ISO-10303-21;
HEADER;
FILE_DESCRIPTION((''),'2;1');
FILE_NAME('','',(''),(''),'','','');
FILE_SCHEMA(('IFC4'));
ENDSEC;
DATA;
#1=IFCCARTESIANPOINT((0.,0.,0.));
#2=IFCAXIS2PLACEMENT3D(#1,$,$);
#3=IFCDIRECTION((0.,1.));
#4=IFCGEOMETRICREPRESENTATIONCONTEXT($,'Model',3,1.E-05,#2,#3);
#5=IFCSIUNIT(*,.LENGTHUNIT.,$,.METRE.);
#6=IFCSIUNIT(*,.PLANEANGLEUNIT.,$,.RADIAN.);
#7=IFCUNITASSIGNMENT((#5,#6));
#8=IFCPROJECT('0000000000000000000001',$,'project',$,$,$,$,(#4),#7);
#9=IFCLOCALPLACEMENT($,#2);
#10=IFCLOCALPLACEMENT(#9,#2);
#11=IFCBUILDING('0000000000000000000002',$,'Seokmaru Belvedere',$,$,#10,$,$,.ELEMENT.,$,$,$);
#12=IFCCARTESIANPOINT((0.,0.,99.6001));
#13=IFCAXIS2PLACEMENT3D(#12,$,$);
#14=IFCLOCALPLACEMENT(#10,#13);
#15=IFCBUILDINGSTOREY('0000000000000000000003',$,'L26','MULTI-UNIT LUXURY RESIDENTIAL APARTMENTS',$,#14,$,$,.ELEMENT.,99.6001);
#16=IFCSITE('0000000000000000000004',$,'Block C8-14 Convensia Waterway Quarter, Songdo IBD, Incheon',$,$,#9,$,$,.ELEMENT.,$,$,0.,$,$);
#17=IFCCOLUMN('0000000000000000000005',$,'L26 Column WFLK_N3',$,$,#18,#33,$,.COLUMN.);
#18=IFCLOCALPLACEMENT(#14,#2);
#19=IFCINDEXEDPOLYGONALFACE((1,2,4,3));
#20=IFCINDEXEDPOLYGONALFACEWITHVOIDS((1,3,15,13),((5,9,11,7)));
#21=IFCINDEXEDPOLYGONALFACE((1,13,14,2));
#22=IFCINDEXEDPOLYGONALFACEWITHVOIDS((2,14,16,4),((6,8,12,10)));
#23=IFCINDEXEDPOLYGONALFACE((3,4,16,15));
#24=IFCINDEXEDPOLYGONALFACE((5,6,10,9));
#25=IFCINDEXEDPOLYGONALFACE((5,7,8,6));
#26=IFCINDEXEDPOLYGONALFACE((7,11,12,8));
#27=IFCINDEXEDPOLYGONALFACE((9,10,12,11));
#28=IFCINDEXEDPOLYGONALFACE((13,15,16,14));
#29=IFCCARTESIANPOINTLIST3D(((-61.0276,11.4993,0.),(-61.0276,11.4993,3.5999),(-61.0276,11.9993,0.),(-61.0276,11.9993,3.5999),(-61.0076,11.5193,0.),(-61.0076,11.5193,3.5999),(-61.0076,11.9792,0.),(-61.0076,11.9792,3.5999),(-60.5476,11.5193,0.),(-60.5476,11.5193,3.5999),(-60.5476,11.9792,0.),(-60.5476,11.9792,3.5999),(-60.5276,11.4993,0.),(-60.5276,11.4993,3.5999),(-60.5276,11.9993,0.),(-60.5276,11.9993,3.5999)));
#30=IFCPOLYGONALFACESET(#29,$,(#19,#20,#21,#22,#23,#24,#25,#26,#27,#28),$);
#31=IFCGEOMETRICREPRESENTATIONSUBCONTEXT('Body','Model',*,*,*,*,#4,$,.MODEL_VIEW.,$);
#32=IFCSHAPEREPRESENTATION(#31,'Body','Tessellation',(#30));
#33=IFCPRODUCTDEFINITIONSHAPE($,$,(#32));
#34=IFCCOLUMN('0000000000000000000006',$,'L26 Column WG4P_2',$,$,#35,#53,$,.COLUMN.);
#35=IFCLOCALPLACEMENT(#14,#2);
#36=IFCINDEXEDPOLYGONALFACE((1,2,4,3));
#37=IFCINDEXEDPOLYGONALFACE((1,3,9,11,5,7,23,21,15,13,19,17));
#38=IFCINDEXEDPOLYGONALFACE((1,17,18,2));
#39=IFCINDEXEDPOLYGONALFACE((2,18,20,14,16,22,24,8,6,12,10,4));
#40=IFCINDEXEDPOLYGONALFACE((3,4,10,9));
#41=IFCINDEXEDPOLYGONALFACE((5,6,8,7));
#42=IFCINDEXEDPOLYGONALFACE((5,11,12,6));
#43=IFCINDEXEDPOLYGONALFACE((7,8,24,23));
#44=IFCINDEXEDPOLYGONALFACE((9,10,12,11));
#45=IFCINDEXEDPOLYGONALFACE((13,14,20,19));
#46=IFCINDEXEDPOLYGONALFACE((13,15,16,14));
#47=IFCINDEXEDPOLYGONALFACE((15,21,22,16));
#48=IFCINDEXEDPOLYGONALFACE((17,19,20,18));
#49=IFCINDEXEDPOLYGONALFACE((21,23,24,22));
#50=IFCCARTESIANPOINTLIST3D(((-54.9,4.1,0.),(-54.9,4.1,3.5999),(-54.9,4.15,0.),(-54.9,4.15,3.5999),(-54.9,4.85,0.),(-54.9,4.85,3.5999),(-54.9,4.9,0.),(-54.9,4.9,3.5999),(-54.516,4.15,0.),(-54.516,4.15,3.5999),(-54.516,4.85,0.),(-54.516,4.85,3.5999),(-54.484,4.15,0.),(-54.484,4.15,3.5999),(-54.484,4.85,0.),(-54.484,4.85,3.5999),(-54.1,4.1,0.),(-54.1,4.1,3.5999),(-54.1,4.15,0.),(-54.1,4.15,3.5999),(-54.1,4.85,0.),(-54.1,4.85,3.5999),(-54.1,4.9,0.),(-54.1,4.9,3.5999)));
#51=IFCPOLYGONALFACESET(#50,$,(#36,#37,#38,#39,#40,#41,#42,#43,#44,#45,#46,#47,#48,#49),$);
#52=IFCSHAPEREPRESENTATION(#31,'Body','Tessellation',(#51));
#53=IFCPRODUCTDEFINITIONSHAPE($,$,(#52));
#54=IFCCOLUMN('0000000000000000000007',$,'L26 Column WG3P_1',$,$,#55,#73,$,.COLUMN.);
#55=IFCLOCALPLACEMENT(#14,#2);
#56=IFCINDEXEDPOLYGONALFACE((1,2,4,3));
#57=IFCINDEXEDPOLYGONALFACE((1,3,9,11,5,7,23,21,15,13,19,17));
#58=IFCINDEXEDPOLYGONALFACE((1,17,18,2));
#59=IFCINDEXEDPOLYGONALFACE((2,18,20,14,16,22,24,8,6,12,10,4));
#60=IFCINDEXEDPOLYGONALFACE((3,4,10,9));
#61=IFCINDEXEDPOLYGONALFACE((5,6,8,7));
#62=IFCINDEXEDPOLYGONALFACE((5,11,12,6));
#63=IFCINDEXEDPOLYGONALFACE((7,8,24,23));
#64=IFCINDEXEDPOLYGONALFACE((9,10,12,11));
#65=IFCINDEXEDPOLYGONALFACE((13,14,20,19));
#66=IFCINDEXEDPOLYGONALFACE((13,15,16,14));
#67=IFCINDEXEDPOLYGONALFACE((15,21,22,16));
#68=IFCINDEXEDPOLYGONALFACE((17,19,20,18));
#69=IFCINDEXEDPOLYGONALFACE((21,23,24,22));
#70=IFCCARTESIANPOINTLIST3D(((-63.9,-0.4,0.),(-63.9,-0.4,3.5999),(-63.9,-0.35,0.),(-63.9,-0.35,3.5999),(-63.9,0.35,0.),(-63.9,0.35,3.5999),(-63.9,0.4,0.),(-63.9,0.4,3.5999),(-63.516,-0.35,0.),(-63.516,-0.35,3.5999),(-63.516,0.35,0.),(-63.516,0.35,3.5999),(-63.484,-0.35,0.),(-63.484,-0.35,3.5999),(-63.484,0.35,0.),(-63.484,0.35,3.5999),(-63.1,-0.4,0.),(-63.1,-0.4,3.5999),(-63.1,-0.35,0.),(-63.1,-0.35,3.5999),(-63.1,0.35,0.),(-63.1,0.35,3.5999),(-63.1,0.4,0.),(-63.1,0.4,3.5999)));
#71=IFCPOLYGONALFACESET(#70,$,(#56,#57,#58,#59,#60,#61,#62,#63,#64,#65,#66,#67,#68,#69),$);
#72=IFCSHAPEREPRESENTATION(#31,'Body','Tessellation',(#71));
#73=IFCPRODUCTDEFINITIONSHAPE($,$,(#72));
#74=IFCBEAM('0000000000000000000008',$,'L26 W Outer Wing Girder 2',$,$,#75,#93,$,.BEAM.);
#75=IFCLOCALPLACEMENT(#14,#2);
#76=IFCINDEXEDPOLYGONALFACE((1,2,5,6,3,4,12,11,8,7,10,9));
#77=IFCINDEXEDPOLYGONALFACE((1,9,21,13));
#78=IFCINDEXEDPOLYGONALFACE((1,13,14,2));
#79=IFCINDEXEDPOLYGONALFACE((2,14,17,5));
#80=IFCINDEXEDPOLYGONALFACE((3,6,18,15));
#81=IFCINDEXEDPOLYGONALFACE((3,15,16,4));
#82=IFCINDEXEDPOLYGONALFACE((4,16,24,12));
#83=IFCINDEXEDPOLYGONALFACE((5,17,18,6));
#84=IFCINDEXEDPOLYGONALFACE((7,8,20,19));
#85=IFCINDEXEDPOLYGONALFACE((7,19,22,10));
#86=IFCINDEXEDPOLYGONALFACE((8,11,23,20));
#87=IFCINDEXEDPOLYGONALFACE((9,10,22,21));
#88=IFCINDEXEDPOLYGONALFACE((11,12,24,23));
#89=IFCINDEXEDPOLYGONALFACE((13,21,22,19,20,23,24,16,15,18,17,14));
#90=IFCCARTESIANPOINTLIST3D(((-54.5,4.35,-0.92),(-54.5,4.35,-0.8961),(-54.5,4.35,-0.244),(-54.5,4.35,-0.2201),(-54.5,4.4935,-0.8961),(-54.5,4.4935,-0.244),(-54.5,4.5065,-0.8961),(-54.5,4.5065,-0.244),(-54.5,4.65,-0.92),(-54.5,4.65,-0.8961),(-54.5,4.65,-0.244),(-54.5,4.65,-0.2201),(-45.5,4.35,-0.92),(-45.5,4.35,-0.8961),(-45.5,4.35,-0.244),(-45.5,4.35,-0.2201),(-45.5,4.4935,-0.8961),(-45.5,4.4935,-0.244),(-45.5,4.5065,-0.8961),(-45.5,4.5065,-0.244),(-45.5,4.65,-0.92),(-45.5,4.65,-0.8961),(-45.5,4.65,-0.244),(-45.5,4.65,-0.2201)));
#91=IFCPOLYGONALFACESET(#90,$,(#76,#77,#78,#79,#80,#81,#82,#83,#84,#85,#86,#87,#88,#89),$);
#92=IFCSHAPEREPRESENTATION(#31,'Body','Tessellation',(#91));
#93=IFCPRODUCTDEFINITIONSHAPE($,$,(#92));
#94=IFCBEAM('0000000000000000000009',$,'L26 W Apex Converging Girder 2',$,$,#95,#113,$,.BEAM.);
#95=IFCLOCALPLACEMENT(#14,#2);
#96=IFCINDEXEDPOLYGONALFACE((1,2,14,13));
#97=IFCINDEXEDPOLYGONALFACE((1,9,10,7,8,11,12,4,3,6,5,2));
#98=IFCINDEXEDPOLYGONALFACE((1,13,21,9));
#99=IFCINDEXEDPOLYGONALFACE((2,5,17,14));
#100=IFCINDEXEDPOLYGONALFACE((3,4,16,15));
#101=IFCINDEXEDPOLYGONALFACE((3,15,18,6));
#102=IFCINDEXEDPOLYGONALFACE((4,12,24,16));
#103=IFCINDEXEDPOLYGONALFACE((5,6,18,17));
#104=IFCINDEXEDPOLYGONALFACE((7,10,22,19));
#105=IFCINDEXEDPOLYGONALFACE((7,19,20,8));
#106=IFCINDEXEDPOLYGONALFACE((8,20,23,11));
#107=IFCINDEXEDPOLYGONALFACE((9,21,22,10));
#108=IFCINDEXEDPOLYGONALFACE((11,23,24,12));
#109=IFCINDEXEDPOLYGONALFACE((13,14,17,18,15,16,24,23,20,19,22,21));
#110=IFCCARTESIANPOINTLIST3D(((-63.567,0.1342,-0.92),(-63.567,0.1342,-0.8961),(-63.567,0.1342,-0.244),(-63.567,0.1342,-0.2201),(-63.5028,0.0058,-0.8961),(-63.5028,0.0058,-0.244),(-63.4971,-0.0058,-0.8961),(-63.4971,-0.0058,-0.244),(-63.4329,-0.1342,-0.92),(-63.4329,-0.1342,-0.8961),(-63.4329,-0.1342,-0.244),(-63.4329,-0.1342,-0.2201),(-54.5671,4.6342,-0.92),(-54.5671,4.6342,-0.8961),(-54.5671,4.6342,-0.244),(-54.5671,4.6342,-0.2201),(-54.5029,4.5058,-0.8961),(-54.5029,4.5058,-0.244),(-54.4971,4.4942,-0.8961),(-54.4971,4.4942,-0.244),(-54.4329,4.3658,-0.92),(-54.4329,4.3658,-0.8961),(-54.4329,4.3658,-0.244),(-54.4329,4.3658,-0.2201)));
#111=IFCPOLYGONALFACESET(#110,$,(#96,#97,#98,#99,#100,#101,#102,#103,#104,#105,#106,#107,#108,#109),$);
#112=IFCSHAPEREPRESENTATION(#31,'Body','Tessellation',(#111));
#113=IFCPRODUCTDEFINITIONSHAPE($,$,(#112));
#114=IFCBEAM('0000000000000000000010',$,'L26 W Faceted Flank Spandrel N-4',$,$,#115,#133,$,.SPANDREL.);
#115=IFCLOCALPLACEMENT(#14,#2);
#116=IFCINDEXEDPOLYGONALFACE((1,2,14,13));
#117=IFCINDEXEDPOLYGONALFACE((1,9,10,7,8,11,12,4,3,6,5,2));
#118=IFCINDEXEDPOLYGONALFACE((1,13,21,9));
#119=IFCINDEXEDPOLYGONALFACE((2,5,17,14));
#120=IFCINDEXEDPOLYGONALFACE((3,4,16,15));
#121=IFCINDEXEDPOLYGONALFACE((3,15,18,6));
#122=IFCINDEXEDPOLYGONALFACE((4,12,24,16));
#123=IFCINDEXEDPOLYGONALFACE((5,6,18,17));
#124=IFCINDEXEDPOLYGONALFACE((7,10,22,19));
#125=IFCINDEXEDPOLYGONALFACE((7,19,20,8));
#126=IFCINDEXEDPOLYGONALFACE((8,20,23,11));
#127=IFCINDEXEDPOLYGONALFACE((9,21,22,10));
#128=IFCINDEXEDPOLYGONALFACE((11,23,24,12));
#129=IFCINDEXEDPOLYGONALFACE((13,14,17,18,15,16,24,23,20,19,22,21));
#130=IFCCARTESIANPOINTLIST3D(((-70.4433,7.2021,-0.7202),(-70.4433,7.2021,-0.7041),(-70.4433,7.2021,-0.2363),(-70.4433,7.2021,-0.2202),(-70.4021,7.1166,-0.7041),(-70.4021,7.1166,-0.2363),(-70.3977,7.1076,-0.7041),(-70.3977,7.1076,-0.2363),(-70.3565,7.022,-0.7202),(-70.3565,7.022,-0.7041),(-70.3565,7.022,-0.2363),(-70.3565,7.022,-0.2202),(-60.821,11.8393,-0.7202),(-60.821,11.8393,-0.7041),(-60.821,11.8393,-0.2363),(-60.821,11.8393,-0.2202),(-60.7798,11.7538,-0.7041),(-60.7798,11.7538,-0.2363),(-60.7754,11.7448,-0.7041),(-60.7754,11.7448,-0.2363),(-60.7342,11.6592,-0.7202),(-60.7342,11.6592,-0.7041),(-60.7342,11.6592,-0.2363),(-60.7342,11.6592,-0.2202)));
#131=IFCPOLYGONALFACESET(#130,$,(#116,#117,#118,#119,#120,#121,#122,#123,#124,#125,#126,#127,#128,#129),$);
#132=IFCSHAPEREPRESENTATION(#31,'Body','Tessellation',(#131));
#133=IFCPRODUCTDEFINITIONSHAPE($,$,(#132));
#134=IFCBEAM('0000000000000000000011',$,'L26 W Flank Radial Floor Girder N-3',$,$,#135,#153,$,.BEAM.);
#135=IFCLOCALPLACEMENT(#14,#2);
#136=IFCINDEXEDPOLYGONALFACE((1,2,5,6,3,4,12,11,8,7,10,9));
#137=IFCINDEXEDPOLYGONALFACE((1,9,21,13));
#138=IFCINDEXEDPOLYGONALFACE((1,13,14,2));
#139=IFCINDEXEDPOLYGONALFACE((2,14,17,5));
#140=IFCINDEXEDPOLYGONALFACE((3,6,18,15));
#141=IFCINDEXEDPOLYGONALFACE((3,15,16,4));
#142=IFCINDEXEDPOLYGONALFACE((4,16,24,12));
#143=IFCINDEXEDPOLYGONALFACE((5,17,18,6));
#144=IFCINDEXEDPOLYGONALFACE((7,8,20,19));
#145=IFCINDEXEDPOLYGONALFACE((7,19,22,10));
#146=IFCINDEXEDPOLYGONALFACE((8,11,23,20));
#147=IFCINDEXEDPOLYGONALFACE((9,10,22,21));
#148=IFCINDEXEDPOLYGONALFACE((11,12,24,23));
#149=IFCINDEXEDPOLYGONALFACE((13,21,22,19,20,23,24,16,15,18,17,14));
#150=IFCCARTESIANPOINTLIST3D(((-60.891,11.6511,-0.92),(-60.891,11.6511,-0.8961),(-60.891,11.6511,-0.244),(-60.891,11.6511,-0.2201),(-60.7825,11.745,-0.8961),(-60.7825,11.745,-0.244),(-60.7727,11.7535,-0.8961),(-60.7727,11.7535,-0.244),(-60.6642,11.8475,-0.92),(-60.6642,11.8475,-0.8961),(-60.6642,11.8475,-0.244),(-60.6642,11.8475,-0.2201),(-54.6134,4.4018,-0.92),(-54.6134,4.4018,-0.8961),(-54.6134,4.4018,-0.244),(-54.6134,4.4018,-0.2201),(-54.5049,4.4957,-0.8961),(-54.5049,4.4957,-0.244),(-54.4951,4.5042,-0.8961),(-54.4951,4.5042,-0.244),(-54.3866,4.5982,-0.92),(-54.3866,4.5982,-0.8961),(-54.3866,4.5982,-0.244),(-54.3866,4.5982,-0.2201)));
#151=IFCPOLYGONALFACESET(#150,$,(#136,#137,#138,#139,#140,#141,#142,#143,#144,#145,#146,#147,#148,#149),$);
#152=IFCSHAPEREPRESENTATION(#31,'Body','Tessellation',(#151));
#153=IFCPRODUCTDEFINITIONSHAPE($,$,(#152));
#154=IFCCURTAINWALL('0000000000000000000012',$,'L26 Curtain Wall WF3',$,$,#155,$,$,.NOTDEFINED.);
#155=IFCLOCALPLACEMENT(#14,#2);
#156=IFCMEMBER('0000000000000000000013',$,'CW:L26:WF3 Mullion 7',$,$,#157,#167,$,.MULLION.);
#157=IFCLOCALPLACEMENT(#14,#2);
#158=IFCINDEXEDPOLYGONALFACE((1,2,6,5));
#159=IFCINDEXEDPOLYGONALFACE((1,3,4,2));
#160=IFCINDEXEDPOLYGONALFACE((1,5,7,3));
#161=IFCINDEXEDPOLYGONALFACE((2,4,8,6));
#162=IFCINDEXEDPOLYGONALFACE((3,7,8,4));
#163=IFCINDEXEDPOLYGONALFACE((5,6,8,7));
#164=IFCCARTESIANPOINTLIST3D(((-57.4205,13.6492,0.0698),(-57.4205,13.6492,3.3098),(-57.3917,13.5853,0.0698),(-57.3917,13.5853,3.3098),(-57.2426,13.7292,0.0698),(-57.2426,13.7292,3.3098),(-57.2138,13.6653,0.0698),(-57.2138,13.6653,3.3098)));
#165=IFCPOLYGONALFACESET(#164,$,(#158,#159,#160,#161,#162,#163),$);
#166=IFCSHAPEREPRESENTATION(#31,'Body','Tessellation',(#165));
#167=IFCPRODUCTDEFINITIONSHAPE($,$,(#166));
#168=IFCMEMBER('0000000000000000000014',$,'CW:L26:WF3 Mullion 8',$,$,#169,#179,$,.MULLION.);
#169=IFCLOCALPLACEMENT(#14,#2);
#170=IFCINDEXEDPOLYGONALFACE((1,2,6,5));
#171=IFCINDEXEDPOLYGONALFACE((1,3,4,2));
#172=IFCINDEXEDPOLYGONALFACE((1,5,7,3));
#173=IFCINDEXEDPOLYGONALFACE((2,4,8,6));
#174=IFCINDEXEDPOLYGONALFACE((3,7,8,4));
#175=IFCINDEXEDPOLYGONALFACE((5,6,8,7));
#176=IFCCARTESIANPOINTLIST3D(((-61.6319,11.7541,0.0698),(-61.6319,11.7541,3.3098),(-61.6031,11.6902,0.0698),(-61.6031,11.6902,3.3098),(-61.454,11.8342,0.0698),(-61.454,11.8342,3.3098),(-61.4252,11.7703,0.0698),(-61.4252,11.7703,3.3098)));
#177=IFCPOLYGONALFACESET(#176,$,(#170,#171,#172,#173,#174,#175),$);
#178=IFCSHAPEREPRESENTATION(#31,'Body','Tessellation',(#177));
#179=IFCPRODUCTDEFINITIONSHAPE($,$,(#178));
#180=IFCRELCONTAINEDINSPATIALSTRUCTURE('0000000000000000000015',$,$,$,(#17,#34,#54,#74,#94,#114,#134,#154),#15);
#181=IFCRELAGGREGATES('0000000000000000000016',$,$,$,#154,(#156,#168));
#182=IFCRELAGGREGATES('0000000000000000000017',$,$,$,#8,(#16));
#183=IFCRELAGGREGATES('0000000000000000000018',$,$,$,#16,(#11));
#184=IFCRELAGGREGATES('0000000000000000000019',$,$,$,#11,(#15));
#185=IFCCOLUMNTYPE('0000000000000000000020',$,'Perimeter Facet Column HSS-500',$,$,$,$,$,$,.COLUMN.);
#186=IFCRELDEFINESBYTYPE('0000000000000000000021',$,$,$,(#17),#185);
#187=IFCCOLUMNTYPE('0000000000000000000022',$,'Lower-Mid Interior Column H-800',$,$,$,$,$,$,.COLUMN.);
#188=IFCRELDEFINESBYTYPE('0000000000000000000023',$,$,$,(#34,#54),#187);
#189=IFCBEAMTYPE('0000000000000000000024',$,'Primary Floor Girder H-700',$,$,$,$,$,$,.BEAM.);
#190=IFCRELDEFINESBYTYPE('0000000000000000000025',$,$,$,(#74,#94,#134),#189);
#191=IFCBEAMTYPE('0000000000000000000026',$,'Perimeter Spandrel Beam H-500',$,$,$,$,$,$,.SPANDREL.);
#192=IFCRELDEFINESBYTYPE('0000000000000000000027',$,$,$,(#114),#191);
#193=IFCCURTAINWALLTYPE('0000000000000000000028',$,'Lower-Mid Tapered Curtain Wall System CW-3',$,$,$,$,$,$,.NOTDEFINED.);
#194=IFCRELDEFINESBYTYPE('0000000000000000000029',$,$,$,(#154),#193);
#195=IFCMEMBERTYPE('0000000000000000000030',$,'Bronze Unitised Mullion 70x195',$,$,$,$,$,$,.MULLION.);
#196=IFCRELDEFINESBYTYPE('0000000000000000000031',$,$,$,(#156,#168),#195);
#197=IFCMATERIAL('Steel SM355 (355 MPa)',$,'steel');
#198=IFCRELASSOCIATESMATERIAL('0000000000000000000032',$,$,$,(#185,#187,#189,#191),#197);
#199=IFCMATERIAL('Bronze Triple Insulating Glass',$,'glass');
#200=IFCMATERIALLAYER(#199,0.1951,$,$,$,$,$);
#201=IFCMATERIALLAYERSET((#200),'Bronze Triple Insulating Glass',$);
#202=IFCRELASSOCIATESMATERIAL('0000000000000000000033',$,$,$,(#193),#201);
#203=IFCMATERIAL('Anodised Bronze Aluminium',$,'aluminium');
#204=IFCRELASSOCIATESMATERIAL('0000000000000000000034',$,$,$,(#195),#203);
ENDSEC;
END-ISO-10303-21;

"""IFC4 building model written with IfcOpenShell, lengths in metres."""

from ifc_helpers import new_model, si_unit, direction, frame, origin, origin_2d, place, context, subcontext, project, spatial, rectangle, hollow_rectangle, i_section, extrude, source, transform, mapped, material, layer, layer_set, material_profile, profile_set, type_object, type_shapes, element, aggregate, save


model = new_model("IFC4")

# Units and contexts
model_context = context("Model", 3, precision=1e-05, world=origin(), true_north=direction((0.0, 1.0)))
body_context = subcontext(model_context, "Body", "Model", "MODEL_VIEW")
ifc_project = project(units=[si_unit("LENGTHUNIT", "METRE"), si_unit("PLANEANGLEUNIT", "RADIAN")], contexts=[model_context])

# Site, building, storey
site_placement = place(None, origin())
site = spatial("IfcSite", under=ifc_project, at=site_placement, Name="Block C8-14 Convensia Waterway Quarter, Songdo IBD, Incheon", CompositionType="ELEMENT", RefElevation=0.0)
building_placement = place(site_placement, origin())
building = spatial("IfcBuilding", under=site, at=building_placement, Name="Seokmaru Belvedere", CompositionType="ELEMENT")
storey_placement = place(building_placement, frame((0.0, 0.0, 99.6001)))
storey = spatial("IfcBuildingStorey", under=building, at=storey_placement, Name="L26", Description="MULTI-UNIT LUXURY RESIDENTIAL APARTMENTS", CompositionType="ELEMENT", Elevation=99.6001)

# Columns
ifc_material_1 = material(Name="Steel SM355 (355 MPa)", Category="steel")
ifc_material_profile_1 = material_profile(ifc_material_1, hollow_rectangle(XDim=0.5, YDim=0.5, WallThickness=0.02, at=origin_2d()), Name="HSS-500x500x20")
ifc_profile_set_1 = profile_set([ifc_material_profile_1], Name="Steel SM355 (355 MPa)")
column_type_1 = type_object("IfcColumnType", Name="Perimeter Facet Column HSS-500", PredefinedType="COLUMN", material=ifc_profile_set_1)
shared_shape_1 = source(origin(), body_context, "Body", "SweptSolid", [
    extrude(hollow_rectangle(XDim=0.5, YDim=0.5, WallThickness=0.02, at=origin_2d()), origin(), (0.0, 0.0, 1.0), 3.5999),
])
type_shapes(column_type_1, [shared_shape_1])
column_placement = place(storey_placement, frame((-60.7776, 11.7493, 0.0), z_axis=(0.0, 0.0, 1.0), x_axis=(1.0, 0.0, 0.0)))
element("IfcColumn", 1, at=column_placement, inside=storey, type_object=column_type_1, Name="L26 Column WFLK_N3", PredefinedType="COLUMN", context=body_context, shape_type="MappedRepresentation", body=[
    mapped(shared_shape_1, transform((0.0, 0.0, 0.0), scale=1.0)),
])
ifc_material_profile_2 = material_profile(ifc_material_1, i_section(OverallWidth=0.8, OverallDepth=0.8, WebThickness=0.032, FlangeThickness=0.05, at=origin_2d()), Name="H-800x800x32x50")
ifc_profile_set_2 = profile_set([ifc_material_profile_2], Name="Steel SM355 (355 MPa)")
column_type_2 = type_object("IfcColumnType", Name="Lower-Mid Interior Column H-800", PredefinedType="COLUMN", material=ifc_profile_set_2)
shared_shape_2 = source(origin(), body_context, "Body", "SweptSolid", [
    extrude(i_section(OverallWidth=0.8, OverallDepth=0.8, WebThickness=0.032, FlangeThickness=0.05, at=origin_2d()), origin(), (0.0, 0.0, 1.0), 3.5999),
])
type_shapes(column_type_2, [shared_shape_2])
for number, where, z_axis, x_axis, name in (
    (2, (-54.5, 4.5, 0.0), (0.0, 0.0, 1.0), (1.0, 0.0, 0.0), "L26 Column WG4P_2"),
    (3, (-63.5, 0.0, 0.0), (0.0, 0.0, 1.0), (1.0, 0.0, 0.0), "L26 Column WG3P_1"),
):
    element("IfcColumn", number, at=place(storey_placement, frame(where, z_axis=z_axis, x_axis=x_axis)), inside=storey, type_object=column_type_2, Name=name, PredefinedType="COLUMN", context=body_context, shape_type="MappedRepresentation", body=[
        mapped(shared_shape_2, transform((0.0, 0.0, 0.0), scale=1.0)),
    ])

# Beams
ifc_material_profile_3 = material_profile(ifc_material_1, i_section(OverallWidth=0.3, OverallDepth=0.7, WebThickness=0.0129, FlangeThickness=0.0239, at=origin_2d()), Name="H-700x300x13x24")
ifc_profile_set_3 = profile_set([ifc_material_profile_3], Name="Steel SM355 (355 MPa)")
beam_type_1 = type_object("IfcBeamType", Name="Primary Floor Girder H-700", PredefinedType="BEAM", material=ifc_profile_set_3)
shared_shape_3 = source(origin(), body_context, "Body", "SweptSolid", [
    extrude(i_section(OverallWidth=0.3, OverallDepth=0.7, WebThickness=0.0129, FlangeThickness=0.0239, at=origin_2d()), origin(), (0.0, 0.0, 1.0), 9.0),
])
beam_1_placement = place(storey_placement, frame((-54.5, 4.5, -0.5701), z_axis=(1.0, 0.0, 0.0), x_axis=(0.0, 1.0, 0.0)))
element("IfcBeam", 4, at=beam_1_placement, inside=storey, type_object=beam_type_1, Name="L26 W Outer Wing Girder 2", PredefinedType="BEAM", context=body_context, shape_type="MappedRepresentation", body=[
    mapped(shared_shape_3, transform((0.0, 0.0, 0.0), scale=1.0)),
])
shared_shape_4 = source(origin(), body_context, "Body", "SweptSolid", [
    extrude(i_section(OverallWidth=0.3, OverallDepth=0.7, WebThickness=0.0129, FlangeThickness=0.0239, at=origin_2d()), origin(), (0.0, 0.0, 1.0), 10.0623),
])
beam_2_placement = place(storey_placement, frame((-54.5, 4.5, -0.5701), z_axis=(-0.894427, -0.447214, 0.0), x_axis=(0.447214, -0.894427, 0.0)))
element("IfcBeam", 5, at=beam_2_placement, inside=storey, type_object=beam_type_1, Name="L26 W Apex Converging Girder 2", PredefinedType="BEAM", context=body_context, shape_type="MappedRepresentation", body=[
    mapped(shared_shape_4, transform((0.0, 0.0, 0.0), scale=1.0)),
])
ifc_material_profile_4 = material_profile(ifc_material_1, i_section(OverallWidth=0.2, OverallDepth=0.5, WebThickness=0.01, FlangeThickness=0.0161, at=origin_2d()), Name="H-500x200x10x16")
ifc_profile_set_4 = profile_set([ifc_material_profile_4], Name="Steel SM355 (355 MPa)")
beam_type_2 = type_object("IfcBeamType", Name="Perimeter Spandrel Beam H-500", PredefinedType="SPANDREL", material=ifc_profile_set_4)
shared_shape_5 = source(origin(), body_context, "Body", "SweptSolid", [
    extrude(i_section(OverallWidth=0.2, OverallDepth=0.5, WebThickness=0.01, FlangeThickness=0.0161, at=origin_2d()), origin(), (0.0, 0.0, 1.0), 10.6814),
])
type_shapes(beam_type_2, [shared_shape_5])
beam_3_placement = place(storey_placement, frame((-60.7776, 11.7493, -0.4702), z_axis=(-0.900846, -0.434138, 0.0), x_axis=(0.434138, -0.900846, 0.0)))
element("IfcBeam", 6, at=beam_3_placement, inside=storey, type_object=beam_type_2, Name="L26 W Faceted Flank Spandrel N-4", PredefinedType="SPANDREL", context=body_context, shape_type="MappedRepresentation", body=[
    mapped(shared_shape_5, transform((0.0, 0.0, 0.0), scale=1.0)),
])
shared_shape_6 = source(origin(), body_context, "Body", "SweptSolid", [
    extrude(i_section(OverallWidth=0.3, OverallDepth=0.7, WebThickness=0.0129, FlangeThickness=0.0239, at=origin_2d()), origin(), (0.0, 0.0, 1.0), 9.5896),
])
type_shapes(beam_type_1, [shared_shape_3, shared_shape_4, shared_shape_6])
beam_4_placement = place(storey_placement, frame((-60.7776, 11.7493, -0.5701), z_axis=(0.654626, -0.755953, 0.0), x_axis=(0.755953, 0.654626, 0.0)))
element("IfcBeam", 7, at=beam_4_placement, inside=storey, type_object=beam_type_1, Name="L26 W Flank Radial Floor Girder N-3", PredefinedType="BEAM", context=body_context, shape_type="MappedRepresentation", body=[
    mapped(shared_shape_6, transform((0.0, 0.0, 0.0), scale=1.0)),
])

# Curtain wall, members
ifc_material_2 = material(Name="Bronze Triple Insulating Glass", Category="glass")
ifc_layer_1 = layer(ifc_material_2, 0.1951)
ifc_layer_set_1 = layer_set([ifc_layer_1], Name="Bronze Triple Insulating Glass")
curtain_wall_type = type_object("IfcCurtainWallType", Name="Lower-Mid Tapered Curtain Wall System CW-3", PredefinedType="NOTDEFINED", material=ifc_layer_set_1)
curtain_wall_placement = place(storey_placement, origin())
curtain_wall = element("IfcCurtainWall", 8, at=curtain_wall_placement, inside=storey, type_object=curtain_wall_type, Name="L26 Curtain Wall WF3", PredefinedType="NOTDEFINED")
ifc_material_3 = material(Name="Anodised Bronze Aluminium", Category="aluminium")
ifc_material_profile_5 = material_profile(ifc_material_3, rectangle(XDim=0.0701, YDim=0.1951, at=origin_2d()), Name="CW-M-70x195")
ifc_profile_set_5 = profile_set([ifc_material_profile_5], Name="Anodised Bronze Aluminium")
member_type = type_object("IfcMemberType", Name="Bronze Unitised Mullion 70x195", PredefinedType="MULLION", material=ifc_profile_set_5)
shared_shape_7 = source(origin(), body_context, "Body", "SweptSolid", [
    extrude(rectangle(XDim=0.0701, YDim=0.1951, at=origin_2d()), origin(), (0.0, 0.0, 1.0), 3.24),
])
type_shapes(member_type, [shared_shape_7])
member_1_placement = place(storey_placement, frame((-57.3171, 13.6572, 0.0698), z_axis=(0.0, 0.0, 1.0), x_axis=(0.410366, -0.911921, 0.0)))
member_1 = element("IfcMember", 9, at=member_1_placement, type_object=member_type, Name="CW:L26:WF3 Mullion 7", PredefinedType="MULLION", context=body_context, shape_type="MappedRepresentation", body=[
    mapped(shared_shape_7, transform((0.0, 0.0, 0.0), scale=1.0)),
])
member_2_placement = place(storey_placement, frame((-61.5286, 11.7622, 0.0698), z_axis=(0.0, 0.0, 1.0), x_axis=(0.410366, -0.911921, 0.0)))
member_2 = element("IfcMember", 10, at=member_2_placement, type_object=member_type, Name="CW:L26:WF3 Mullion 8", PredefinedType="MULLION", context=body_context, shape_type="MappedRepresentation", body=[
    mapped(shared_shape_7, transform((0.0, 0.0, 0.0), scale=1.0)),
])
aggregate(curtain_wall, [member_1, member_2])

save(model, "model.ifc")
